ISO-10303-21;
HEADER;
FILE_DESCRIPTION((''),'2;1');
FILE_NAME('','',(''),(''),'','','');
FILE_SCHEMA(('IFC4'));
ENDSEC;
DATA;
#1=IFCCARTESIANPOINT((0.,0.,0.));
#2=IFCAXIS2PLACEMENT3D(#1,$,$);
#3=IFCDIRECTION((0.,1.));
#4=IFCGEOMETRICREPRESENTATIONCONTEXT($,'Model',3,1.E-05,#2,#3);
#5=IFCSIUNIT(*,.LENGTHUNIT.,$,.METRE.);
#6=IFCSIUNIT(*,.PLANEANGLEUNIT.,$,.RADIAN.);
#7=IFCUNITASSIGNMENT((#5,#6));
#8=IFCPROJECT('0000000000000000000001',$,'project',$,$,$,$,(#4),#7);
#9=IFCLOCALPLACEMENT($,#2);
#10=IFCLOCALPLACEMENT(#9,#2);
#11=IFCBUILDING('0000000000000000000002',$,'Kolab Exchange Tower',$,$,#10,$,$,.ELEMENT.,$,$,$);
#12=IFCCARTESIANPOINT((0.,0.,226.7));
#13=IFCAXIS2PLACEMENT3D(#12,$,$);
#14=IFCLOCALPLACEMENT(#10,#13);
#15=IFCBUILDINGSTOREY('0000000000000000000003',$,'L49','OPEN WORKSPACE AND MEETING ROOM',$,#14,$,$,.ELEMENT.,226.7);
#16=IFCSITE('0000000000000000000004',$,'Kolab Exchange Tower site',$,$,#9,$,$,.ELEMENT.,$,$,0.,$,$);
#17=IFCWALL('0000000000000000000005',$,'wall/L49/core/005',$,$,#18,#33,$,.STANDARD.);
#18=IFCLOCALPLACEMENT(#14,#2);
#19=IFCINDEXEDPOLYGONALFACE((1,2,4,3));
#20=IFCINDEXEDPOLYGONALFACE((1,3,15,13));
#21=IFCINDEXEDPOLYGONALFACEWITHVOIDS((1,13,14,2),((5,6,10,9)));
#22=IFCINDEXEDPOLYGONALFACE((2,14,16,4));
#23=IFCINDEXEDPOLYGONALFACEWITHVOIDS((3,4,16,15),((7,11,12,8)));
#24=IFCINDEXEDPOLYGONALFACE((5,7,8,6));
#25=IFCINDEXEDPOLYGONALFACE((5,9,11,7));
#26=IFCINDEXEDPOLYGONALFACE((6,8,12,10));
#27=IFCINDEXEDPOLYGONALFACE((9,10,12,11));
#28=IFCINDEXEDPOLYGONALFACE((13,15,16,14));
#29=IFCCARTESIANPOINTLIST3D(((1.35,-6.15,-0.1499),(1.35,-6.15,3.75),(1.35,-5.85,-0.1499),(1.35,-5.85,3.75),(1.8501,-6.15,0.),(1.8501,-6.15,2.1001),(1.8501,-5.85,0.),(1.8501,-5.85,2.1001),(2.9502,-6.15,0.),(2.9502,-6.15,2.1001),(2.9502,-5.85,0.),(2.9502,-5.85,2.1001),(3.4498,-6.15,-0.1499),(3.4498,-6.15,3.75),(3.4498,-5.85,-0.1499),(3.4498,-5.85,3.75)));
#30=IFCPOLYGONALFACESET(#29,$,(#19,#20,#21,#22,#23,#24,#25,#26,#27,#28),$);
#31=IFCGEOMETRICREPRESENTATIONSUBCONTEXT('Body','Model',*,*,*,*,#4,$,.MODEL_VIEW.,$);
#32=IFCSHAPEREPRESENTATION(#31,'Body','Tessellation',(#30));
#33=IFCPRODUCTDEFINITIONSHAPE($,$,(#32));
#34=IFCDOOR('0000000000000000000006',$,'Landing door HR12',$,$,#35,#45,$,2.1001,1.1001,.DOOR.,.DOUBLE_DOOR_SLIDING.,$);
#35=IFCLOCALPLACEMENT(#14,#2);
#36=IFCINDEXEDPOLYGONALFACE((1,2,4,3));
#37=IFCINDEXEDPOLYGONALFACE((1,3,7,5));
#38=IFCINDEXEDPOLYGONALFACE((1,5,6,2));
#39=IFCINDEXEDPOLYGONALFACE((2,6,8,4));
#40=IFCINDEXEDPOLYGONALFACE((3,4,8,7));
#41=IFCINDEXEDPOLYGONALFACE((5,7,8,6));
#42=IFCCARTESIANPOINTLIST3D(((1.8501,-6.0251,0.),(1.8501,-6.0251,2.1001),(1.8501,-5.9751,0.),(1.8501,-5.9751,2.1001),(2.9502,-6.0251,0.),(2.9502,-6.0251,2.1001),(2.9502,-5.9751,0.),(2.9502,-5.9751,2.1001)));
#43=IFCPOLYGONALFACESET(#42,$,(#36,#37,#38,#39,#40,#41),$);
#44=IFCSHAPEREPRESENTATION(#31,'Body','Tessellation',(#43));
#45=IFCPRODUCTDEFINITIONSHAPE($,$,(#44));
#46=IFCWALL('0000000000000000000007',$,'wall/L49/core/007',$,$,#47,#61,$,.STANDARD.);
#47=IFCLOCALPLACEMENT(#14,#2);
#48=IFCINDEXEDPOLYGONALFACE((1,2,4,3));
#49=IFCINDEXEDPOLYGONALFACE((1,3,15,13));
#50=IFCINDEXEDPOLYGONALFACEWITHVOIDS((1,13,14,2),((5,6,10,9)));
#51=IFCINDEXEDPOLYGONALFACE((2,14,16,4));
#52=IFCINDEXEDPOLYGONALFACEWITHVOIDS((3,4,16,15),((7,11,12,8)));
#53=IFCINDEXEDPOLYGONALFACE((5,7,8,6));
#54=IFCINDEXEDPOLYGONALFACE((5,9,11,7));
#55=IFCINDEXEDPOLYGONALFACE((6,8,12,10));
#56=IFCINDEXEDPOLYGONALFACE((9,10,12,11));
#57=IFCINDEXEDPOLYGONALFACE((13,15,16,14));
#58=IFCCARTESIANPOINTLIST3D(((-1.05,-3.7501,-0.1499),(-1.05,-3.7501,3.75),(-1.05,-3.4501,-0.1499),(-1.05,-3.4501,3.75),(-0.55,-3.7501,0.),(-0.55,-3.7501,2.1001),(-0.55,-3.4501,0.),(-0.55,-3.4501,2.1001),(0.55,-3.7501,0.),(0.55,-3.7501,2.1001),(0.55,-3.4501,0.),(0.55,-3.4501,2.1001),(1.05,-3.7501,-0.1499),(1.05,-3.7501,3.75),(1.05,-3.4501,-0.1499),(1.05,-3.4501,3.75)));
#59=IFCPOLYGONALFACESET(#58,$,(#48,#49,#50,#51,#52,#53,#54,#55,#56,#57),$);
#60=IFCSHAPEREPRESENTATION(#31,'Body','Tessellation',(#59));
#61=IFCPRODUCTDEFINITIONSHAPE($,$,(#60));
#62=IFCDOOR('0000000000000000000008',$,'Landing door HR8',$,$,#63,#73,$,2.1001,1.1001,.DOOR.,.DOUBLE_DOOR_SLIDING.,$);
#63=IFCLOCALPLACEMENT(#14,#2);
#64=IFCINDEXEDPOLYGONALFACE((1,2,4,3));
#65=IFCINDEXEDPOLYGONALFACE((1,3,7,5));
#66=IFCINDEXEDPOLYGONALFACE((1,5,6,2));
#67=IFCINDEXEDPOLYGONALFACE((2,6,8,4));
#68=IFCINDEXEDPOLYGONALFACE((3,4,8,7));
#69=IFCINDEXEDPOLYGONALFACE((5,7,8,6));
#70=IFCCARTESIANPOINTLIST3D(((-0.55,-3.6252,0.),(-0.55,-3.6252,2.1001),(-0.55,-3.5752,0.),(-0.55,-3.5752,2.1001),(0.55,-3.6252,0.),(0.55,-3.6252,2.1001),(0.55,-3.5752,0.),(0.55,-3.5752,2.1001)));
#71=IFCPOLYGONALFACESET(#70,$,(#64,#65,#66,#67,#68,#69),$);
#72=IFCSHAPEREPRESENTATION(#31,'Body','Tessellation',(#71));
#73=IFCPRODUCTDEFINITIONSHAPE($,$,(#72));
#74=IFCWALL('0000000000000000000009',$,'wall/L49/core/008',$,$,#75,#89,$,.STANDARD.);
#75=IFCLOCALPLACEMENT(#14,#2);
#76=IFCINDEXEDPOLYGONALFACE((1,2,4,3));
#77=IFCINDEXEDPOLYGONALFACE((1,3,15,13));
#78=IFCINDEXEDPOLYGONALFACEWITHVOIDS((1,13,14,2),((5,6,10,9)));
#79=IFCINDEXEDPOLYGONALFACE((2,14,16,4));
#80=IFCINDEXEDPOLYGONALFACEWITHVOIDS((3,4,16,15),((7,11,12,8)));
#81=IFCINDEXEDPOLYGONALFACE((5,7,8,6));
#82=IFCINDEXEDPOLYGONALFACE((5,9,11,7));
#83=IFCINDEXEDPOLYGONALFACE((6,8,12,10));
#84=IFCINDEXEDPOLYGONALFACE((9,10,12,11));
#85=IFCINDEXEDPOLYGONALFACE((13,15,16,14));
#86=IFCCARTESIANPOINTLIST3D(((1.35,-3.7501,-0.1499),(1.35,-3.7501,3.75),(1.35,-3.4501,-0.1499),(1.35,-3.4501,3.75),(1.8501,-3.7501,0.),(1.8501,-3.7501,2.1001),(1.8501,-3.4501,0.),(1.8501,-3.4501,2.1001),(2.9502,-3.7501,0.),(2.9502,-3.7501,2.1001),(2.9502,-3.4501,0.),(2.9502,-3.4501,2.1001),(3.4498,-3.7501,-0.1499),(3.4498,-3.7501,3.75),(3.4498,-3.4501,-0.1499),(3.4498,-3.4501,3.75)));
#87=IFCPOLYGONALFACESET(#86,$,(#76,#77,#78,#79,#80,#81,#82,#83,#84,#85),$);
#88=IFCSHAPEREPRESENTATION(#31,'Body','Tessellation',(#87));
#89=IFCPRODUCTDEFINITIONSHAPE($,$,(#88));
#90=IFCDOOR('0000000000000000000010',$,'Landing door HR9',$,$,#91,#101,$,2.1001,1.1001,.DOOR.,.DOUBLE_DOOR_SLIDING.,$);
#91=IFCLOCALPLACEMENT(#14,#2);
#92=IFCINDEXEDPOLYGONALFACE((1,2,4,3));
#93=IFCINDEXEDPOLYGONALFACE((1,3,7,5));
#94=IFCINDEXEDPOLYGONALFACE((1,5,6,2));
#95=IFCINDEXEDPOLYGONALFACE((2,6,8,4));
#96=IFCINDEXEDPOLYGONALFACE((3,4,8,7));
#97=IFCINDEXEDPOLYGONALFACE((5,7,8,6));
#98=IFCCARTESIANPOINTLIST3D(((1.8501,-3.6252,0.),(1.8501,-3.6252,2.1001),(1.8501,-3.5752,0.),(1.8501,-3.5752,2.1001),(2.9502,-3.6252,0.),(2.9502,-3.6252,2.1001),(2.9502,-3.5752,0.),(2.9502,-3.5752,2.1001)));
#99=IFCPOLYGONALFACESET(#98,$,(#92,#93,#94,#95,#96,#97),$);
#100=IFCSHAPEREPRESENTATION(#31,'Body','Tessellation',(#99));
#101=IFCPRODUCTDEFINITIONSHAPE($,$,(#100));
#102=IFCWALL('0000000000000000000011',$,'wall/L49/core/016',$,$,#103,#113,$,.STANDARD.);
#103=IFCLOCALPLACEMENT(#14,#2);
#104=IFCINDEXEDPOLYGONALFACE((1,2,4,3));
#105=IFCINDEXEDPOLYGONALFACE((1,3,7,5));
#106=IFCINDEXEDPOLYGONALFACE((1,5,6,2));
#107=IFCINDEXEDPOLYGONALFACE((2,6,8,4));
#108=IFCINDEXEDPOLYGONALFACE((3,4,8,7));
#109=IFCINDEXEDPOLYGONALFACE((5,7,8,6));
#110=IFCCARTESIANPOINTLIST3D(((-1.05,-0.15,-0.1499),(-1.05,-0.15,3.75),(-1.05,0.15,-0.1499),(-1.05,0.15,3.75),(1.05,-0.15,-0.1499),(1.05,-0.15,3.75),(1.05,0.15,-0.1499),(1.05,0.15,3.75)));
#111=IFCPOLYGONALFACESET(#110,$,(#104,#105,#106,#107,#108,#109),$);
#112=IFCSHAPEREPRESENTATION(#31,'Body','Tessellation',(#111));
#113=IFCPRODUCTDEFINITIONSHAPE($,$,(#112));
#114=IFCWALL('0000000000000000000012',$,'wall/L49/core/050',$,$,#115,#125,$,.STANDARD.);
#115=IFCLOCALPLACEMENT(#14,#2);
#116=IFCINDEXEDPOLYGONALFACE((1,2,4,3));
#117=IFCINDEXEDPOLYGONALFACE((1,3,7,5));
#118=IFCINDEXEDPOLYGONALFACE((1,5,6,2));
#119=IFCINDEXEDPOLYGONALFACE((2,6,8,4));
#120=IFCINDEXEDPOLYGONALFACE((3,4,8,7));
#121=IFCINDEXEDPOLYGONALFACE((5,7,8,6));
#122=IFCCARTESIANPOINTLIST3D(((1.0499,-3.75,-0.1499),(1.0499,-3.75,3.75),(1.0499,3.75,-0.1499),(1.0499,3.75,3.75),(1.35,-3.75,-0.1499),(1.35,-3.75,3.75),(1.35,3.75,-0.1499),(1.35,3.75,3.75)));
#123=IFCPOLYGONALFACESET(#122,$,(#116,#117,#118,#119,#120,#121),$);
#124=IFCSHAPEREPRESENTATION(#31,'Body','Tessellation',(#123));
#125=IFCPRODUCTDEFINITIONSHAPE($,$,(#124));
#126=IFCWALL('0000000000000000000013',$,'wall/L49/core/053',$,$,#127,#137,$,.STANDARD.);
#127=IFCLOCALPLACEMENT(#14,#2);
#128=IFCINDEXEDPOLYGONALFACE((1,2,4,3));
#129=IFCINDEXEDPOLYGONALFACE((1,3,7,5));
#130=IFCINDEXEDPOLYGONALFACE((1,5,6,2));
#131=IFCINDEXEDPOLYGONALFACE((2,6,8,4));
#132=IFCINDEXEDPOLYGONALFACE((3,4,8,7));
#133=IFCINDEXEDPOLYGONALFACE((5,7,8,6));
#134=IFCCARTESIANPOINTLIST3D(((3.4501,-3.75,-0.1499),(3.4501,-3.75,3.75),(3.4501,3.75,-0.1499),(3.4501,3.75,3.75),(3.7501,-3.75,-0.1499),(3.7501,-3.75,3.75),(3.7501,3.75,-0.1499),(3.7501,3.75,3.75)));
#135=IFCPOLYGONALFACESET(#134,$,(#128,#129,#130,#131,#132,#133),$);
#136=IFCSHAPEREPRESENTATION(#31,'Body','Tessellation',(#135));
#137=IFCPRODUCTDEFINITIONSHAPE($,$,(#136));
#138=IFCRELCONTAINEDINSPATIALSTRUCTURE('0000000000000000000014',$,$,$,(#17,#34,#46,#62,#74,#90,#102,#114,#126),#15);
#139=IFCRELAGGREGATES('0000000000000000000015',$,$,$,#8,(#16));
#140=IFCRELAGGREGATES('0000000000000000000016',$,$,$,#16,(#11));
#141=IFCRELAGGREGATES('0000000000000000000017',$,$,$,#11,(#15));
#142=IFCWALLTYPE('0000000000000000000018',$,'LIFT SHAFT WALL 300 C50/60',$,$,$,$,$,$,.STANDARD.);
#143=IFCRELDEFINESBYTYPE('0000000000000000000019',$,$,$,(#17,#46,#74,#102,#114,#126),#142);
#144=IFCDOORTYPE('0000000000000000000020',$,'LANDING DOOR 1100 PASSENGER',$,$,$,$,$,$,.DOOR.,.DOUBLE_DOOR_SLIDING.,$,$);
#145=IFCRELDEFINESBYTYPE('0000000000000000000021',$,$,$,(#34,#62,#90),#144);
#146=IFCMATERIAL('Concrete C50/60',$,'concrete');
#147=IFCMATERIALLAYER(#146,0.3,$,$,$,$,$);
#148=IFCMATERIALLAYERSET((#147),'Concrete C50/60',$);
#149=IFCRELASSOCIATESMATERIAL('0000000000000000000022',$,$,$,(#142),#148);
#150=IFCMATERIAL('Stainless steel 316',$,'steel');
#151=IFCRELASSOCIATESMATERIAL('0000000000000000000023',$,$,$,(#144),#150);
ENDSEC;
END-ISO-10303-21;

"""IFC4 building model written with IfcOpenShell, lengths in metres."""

from ifc_helpers import new_model, si_unit, direction, frame, frame_2d, origin, place, context, subcontext, project, spatial, rectangle, extrude, material, layer, layer_set, type_object, element, fill, save


model = new_model("IFC4")

# Units and contexts
model_context = context("Model", 3, precision=1e-05, world=origin(), true_north=direction((0.0, 1.0)))
body_context = subcontext(model_context, "Body", "Model", "MODEL_VIEW")
ifc_project = project(units=[si_unit("LENGTHUNIT", "METRE"), si_unit("PLANEANGLEUNIT", "RADIAN")], contexts=[model_context])

# Site, building, storey
site_placement = place(None, origin())
site = spatial("IfcSite", under=ifc_project, at=site_placement, Name="Kolab Exchange Tower site", CompositionType="ELEMENT", RefElevation=0.0)
building_placement = place(site_placement, origin())
building = spatial("IfcBuilding", under=site, at=building_placement, Name="Kolab Exchange Tower", CompositionType="ELEMENT")
storey_placement = place(building_placement, frame((0.0, 0.0, 226.7)))
storey = spatial("IfcBuildingStorey", under=building, at=storey_placement, Name="L49", Description="OPEN WORKSPACE AND MEETING ROOM", CompositionType="ELEMENT", Elevation=226.7)

# Walls, openings, doors
ifc_material_1 = material(Name="Concrete C50/60", Category="concrete")
ifc_layer_1 = layer(ifc_material_1, 0.3)
ifc_layer_set_1 = layer_set([ifc_layer_1], Name="Concrete C50/60")
wall_type_1 = type_object("IfcWallType", Name="LIFT SHAFT WALL 300 C50/60", PredefinedType="STANDARD", material=ifc_layer_set_1)
wall_1_placement = place(storey_placement, frame((1.3501, -6.0, -0.1499), z_axis=(0.0, 0.0, 1.0), x_axis=(1.0, 0.0, 0.0)))
wall_1 = element("IfcWall", 1, at=wall_1_placement, inside=storey, type_object=wall_type_1, Name="wall/L49/core/005", PredefinedType="STANDARD", context=body_context, shape_type="SweptSolid", body=[
    extrude(rectangle(XDim=2.0999, YDim=0.3, at=frame_2d((1.0498, 0.0))), origin(), (0.0, 0.0, 1.0), 3.8999),
])
opening_1_placement = place(wall_1_placement, frame((0.5, 0.0, 0.1499)))
opening_1 = element("IfcOpeningElement", 2, at=opening_1_placement, cuts=wall_1, PredefinedType="OPENING", context=body_context, shape_type="SweptSolid", body=[
    extrude(rectangle(XDim=1.1001, YDim=2.1001, at=frame_2d((0.55, 1.05))), frame((0.0, 0.1602, 0.0), z_axis=(0.0, -1.0, 0.0), x_axis=(1.0, 0.0, 0.0)), (0.0, 0.0, 1.0), 0.3201),
])
ifc_material_2 = material(Name="Stainless steel 316", Category="steel")
door_type_1 = type_object("IfcDoorType", Name="LANDING DOOR 1100 PASSENGER", OperationType="DOUBLE_DOOR_SLIDING", PredefinedType="DOOR", material=ifc_material_2)
door_1_placement = place(opening_1_placement, origin())
door_1 = element("IfcDoor", 3, at=door_1_placement, inside=storey, type_object=door_type_1, Name="Landing door HR12", OperationType="DOUBLE_DOOR_SLIDING", OverallHeight=2.1001, OverallWidth=1.1001, PredefinedType="DOOR", context=body_context, shape_type="SweptSolid", body=[
    extrude(rectangle(XDim=1.1001, YDim=2.1001, at=frame_2d((0.55, 1.05))), frame((0.0, 0.0249, 0.0), z_axis=(0.0, -1.0, 0.0), x_axis=(1.0, 0.0, 0.0)), (0.0, 0.0, 1.0), 0.05),
])
fill(opening_1, door_1)
wall_2_placement = place(storey_placement, frame((-1.05, -3.6001, -0.1499), z_axis=(0.0, 0.0, 1.0), x_axis=(1.0, 0.0, 0.0)))
wall_2 = element("IfcWall", 4, at=wall_2_placement, inside=storey, type_object=wall_type_1, Name="wall/L49/core/007", PredefinedType="STANDARD", context=body_context, shape_type="SweptSolid", body=[
    extrude(rectangle(XDim=2.1001, YDim=0.3, at=frame_2d((1.05, 0.0))), origin(), (0.0, 0.0, 1.0), 3.8999),
])
opening_2_placement = place(wall_2_placement, frame((0.5, 0.0, 0.1499)))
opening_2 = element("IfcOpeningElement", 5, at=opening_2_placement, cuts=wall_2, PredefinedType="OPENING", context=body_context, shape_type="SweptSolid", body=[
    extrude(rectangle(XDim=1.1001, YDim=2.1001, at=frame_2d((0.55, 1.05))), frame((0.0, 0.1602, 0.0), z_axis=(0.0, -1.0, 0.0), x_axis=(1.0, 0.0, 0.0)), (0.0, 0.0, 1.0), 0.3201),
])
door_2_placement = place(opening_2_placement, origin())
door_2 = element("IfcDoor", 6, at=door_2_placement, inside=storey, type_object=door_type_1, Name="Landing door HR8", OperationType="DOUBLE_DOOR_SLIDING", OverallHeight=2.1001, OverallWidth=1.1001, PredefinedType="DOOR", context=body_context, shape_type="SweptSolid", body=[
    extrude(rectangle(XDim=1.1001, YDim=2.1001, at=frame_2d((0.55, 1.05))), frame((0.0, 0.0249, 0.0), z_axis=(0.0, -1.0, 0.0), x_axis=(1.0, 0.0, 0.0)), (0.0, 0.0, 1.0), 0.05),
])
fill(opening_2, door_2)
wall_3_placement = place(storey_placement, frame((1.3501, -3.6001, -0.1499), z_axis=(0.0, 0.0, 1.0), x_axis=(1.0, 0.0, 0.0)))
wall_3 = element("IfcWall", 7, at=wall_3_placement, inside=storey, type_object=wall_type_1, Name="wall/L49/core/008", PredefinedType="STANDARD", context=body_context, shape_type="SweptSolid", body=[
    extrude(rectangle(XDim=2.0999, YDim=0.3, at=frame_2d((1.0498, 0.0))), origin(), (0.0, 0.0, 1.0), 3.8999),
])
opening_3_placement = place(wall_3_placement, frame((0.5, 0.0, 0.1499)))
opening_3 = element("IfcOpeningElement", 8, at=opening_3_placement, cuts=wall_3, PredefinedType="OPENING", context=body_context, shape_type="SweptSolid", body=[
    extrude(rectangle(XDim=1.1001, YDim=2.1001, at=frame_2d((0.55, 1.05))), frame((0.0, 0.1602, 0.0), z_axis=(0.0, -1.0, 0.0), x_axis=(1.0, 0.0, 0.0)), (0.0, 0.0, 1.0), 0.3201),
])
door_3_placement = place(opening_3_placement, origin())
door_3 = element("IfcDoor", 9, at=door_3_placement, inside=storey, type_object=door_type_1, Name="Landing door HR9", OperationType="DOUBLE_DOOR_SLIDING", OverallHeight=2.1001, OverallWidth=1.1001, PredefinedType="DOOR", context=body_context, shape_type="SweptSolid", body=[
    extrude(rectangle(XDim=1.1001, YDim=2.1001, at=frame_2d((0.55, 1.05))), frame((0.0, 0.0249, 0.0), z_axis=(0.0, -1.0, 0.0), x_axis=(1.0, 0.0, 0.0)), (0.0, 0.0, 1.0), 0.05),
])
fill(opening_3, door_3)

# Walls
wall_4_placement = place(storey_placement, frame((-1.05, 0.0, -0.1499), z_axis=(0.0, 0.0, 1.0), x_axis=(1.0, 0.0, 0.0)))
element("IfcWall", 10, at=wall_4_placement, inside=storey, type_object=wall_type_1, Name="wall/L49/core/016", PredefinedType="STANDARD", context=body_context, shape_type="SweptSolid", body=[
    extrude(rectangle(XDim=2.1001, YDim=0.3, at=frame_2d((1.05, 0.0))), origin(), (0.0, 0.0, 1.0), 3.8999),
])
for number, where, z_axis, x_axis, name in (
    (11, (1.2, -3.75, -0.1499), (0.0, 0.0, 1.0), (0.0, 1.0, 0.0), "wall/L49/core/050"),
    (12, (3.6001, -3.75, -0.1499), (0.0, 0.0, 1.0), (0.0, 1.0, 0.0), "wall/L49/core/053"),
):
    element("IfcWall", number, at=place(storey_placement, frame(where, z_axis=z_axis, x_axis=x_axis)), inside=storey, type_object=wall_type_1, Name=name, PredefinedType="STANDARD", context=body_context, shape_type="SweptSolid", body=[
        extrude(rectangle(XDim=7.5, YDim=0.3, at=frame_2d((3.75, 0.0))), origin(), (0.0, 0.0, 1.0), 3.8999),
    ])

save(model, "model.ifc")
